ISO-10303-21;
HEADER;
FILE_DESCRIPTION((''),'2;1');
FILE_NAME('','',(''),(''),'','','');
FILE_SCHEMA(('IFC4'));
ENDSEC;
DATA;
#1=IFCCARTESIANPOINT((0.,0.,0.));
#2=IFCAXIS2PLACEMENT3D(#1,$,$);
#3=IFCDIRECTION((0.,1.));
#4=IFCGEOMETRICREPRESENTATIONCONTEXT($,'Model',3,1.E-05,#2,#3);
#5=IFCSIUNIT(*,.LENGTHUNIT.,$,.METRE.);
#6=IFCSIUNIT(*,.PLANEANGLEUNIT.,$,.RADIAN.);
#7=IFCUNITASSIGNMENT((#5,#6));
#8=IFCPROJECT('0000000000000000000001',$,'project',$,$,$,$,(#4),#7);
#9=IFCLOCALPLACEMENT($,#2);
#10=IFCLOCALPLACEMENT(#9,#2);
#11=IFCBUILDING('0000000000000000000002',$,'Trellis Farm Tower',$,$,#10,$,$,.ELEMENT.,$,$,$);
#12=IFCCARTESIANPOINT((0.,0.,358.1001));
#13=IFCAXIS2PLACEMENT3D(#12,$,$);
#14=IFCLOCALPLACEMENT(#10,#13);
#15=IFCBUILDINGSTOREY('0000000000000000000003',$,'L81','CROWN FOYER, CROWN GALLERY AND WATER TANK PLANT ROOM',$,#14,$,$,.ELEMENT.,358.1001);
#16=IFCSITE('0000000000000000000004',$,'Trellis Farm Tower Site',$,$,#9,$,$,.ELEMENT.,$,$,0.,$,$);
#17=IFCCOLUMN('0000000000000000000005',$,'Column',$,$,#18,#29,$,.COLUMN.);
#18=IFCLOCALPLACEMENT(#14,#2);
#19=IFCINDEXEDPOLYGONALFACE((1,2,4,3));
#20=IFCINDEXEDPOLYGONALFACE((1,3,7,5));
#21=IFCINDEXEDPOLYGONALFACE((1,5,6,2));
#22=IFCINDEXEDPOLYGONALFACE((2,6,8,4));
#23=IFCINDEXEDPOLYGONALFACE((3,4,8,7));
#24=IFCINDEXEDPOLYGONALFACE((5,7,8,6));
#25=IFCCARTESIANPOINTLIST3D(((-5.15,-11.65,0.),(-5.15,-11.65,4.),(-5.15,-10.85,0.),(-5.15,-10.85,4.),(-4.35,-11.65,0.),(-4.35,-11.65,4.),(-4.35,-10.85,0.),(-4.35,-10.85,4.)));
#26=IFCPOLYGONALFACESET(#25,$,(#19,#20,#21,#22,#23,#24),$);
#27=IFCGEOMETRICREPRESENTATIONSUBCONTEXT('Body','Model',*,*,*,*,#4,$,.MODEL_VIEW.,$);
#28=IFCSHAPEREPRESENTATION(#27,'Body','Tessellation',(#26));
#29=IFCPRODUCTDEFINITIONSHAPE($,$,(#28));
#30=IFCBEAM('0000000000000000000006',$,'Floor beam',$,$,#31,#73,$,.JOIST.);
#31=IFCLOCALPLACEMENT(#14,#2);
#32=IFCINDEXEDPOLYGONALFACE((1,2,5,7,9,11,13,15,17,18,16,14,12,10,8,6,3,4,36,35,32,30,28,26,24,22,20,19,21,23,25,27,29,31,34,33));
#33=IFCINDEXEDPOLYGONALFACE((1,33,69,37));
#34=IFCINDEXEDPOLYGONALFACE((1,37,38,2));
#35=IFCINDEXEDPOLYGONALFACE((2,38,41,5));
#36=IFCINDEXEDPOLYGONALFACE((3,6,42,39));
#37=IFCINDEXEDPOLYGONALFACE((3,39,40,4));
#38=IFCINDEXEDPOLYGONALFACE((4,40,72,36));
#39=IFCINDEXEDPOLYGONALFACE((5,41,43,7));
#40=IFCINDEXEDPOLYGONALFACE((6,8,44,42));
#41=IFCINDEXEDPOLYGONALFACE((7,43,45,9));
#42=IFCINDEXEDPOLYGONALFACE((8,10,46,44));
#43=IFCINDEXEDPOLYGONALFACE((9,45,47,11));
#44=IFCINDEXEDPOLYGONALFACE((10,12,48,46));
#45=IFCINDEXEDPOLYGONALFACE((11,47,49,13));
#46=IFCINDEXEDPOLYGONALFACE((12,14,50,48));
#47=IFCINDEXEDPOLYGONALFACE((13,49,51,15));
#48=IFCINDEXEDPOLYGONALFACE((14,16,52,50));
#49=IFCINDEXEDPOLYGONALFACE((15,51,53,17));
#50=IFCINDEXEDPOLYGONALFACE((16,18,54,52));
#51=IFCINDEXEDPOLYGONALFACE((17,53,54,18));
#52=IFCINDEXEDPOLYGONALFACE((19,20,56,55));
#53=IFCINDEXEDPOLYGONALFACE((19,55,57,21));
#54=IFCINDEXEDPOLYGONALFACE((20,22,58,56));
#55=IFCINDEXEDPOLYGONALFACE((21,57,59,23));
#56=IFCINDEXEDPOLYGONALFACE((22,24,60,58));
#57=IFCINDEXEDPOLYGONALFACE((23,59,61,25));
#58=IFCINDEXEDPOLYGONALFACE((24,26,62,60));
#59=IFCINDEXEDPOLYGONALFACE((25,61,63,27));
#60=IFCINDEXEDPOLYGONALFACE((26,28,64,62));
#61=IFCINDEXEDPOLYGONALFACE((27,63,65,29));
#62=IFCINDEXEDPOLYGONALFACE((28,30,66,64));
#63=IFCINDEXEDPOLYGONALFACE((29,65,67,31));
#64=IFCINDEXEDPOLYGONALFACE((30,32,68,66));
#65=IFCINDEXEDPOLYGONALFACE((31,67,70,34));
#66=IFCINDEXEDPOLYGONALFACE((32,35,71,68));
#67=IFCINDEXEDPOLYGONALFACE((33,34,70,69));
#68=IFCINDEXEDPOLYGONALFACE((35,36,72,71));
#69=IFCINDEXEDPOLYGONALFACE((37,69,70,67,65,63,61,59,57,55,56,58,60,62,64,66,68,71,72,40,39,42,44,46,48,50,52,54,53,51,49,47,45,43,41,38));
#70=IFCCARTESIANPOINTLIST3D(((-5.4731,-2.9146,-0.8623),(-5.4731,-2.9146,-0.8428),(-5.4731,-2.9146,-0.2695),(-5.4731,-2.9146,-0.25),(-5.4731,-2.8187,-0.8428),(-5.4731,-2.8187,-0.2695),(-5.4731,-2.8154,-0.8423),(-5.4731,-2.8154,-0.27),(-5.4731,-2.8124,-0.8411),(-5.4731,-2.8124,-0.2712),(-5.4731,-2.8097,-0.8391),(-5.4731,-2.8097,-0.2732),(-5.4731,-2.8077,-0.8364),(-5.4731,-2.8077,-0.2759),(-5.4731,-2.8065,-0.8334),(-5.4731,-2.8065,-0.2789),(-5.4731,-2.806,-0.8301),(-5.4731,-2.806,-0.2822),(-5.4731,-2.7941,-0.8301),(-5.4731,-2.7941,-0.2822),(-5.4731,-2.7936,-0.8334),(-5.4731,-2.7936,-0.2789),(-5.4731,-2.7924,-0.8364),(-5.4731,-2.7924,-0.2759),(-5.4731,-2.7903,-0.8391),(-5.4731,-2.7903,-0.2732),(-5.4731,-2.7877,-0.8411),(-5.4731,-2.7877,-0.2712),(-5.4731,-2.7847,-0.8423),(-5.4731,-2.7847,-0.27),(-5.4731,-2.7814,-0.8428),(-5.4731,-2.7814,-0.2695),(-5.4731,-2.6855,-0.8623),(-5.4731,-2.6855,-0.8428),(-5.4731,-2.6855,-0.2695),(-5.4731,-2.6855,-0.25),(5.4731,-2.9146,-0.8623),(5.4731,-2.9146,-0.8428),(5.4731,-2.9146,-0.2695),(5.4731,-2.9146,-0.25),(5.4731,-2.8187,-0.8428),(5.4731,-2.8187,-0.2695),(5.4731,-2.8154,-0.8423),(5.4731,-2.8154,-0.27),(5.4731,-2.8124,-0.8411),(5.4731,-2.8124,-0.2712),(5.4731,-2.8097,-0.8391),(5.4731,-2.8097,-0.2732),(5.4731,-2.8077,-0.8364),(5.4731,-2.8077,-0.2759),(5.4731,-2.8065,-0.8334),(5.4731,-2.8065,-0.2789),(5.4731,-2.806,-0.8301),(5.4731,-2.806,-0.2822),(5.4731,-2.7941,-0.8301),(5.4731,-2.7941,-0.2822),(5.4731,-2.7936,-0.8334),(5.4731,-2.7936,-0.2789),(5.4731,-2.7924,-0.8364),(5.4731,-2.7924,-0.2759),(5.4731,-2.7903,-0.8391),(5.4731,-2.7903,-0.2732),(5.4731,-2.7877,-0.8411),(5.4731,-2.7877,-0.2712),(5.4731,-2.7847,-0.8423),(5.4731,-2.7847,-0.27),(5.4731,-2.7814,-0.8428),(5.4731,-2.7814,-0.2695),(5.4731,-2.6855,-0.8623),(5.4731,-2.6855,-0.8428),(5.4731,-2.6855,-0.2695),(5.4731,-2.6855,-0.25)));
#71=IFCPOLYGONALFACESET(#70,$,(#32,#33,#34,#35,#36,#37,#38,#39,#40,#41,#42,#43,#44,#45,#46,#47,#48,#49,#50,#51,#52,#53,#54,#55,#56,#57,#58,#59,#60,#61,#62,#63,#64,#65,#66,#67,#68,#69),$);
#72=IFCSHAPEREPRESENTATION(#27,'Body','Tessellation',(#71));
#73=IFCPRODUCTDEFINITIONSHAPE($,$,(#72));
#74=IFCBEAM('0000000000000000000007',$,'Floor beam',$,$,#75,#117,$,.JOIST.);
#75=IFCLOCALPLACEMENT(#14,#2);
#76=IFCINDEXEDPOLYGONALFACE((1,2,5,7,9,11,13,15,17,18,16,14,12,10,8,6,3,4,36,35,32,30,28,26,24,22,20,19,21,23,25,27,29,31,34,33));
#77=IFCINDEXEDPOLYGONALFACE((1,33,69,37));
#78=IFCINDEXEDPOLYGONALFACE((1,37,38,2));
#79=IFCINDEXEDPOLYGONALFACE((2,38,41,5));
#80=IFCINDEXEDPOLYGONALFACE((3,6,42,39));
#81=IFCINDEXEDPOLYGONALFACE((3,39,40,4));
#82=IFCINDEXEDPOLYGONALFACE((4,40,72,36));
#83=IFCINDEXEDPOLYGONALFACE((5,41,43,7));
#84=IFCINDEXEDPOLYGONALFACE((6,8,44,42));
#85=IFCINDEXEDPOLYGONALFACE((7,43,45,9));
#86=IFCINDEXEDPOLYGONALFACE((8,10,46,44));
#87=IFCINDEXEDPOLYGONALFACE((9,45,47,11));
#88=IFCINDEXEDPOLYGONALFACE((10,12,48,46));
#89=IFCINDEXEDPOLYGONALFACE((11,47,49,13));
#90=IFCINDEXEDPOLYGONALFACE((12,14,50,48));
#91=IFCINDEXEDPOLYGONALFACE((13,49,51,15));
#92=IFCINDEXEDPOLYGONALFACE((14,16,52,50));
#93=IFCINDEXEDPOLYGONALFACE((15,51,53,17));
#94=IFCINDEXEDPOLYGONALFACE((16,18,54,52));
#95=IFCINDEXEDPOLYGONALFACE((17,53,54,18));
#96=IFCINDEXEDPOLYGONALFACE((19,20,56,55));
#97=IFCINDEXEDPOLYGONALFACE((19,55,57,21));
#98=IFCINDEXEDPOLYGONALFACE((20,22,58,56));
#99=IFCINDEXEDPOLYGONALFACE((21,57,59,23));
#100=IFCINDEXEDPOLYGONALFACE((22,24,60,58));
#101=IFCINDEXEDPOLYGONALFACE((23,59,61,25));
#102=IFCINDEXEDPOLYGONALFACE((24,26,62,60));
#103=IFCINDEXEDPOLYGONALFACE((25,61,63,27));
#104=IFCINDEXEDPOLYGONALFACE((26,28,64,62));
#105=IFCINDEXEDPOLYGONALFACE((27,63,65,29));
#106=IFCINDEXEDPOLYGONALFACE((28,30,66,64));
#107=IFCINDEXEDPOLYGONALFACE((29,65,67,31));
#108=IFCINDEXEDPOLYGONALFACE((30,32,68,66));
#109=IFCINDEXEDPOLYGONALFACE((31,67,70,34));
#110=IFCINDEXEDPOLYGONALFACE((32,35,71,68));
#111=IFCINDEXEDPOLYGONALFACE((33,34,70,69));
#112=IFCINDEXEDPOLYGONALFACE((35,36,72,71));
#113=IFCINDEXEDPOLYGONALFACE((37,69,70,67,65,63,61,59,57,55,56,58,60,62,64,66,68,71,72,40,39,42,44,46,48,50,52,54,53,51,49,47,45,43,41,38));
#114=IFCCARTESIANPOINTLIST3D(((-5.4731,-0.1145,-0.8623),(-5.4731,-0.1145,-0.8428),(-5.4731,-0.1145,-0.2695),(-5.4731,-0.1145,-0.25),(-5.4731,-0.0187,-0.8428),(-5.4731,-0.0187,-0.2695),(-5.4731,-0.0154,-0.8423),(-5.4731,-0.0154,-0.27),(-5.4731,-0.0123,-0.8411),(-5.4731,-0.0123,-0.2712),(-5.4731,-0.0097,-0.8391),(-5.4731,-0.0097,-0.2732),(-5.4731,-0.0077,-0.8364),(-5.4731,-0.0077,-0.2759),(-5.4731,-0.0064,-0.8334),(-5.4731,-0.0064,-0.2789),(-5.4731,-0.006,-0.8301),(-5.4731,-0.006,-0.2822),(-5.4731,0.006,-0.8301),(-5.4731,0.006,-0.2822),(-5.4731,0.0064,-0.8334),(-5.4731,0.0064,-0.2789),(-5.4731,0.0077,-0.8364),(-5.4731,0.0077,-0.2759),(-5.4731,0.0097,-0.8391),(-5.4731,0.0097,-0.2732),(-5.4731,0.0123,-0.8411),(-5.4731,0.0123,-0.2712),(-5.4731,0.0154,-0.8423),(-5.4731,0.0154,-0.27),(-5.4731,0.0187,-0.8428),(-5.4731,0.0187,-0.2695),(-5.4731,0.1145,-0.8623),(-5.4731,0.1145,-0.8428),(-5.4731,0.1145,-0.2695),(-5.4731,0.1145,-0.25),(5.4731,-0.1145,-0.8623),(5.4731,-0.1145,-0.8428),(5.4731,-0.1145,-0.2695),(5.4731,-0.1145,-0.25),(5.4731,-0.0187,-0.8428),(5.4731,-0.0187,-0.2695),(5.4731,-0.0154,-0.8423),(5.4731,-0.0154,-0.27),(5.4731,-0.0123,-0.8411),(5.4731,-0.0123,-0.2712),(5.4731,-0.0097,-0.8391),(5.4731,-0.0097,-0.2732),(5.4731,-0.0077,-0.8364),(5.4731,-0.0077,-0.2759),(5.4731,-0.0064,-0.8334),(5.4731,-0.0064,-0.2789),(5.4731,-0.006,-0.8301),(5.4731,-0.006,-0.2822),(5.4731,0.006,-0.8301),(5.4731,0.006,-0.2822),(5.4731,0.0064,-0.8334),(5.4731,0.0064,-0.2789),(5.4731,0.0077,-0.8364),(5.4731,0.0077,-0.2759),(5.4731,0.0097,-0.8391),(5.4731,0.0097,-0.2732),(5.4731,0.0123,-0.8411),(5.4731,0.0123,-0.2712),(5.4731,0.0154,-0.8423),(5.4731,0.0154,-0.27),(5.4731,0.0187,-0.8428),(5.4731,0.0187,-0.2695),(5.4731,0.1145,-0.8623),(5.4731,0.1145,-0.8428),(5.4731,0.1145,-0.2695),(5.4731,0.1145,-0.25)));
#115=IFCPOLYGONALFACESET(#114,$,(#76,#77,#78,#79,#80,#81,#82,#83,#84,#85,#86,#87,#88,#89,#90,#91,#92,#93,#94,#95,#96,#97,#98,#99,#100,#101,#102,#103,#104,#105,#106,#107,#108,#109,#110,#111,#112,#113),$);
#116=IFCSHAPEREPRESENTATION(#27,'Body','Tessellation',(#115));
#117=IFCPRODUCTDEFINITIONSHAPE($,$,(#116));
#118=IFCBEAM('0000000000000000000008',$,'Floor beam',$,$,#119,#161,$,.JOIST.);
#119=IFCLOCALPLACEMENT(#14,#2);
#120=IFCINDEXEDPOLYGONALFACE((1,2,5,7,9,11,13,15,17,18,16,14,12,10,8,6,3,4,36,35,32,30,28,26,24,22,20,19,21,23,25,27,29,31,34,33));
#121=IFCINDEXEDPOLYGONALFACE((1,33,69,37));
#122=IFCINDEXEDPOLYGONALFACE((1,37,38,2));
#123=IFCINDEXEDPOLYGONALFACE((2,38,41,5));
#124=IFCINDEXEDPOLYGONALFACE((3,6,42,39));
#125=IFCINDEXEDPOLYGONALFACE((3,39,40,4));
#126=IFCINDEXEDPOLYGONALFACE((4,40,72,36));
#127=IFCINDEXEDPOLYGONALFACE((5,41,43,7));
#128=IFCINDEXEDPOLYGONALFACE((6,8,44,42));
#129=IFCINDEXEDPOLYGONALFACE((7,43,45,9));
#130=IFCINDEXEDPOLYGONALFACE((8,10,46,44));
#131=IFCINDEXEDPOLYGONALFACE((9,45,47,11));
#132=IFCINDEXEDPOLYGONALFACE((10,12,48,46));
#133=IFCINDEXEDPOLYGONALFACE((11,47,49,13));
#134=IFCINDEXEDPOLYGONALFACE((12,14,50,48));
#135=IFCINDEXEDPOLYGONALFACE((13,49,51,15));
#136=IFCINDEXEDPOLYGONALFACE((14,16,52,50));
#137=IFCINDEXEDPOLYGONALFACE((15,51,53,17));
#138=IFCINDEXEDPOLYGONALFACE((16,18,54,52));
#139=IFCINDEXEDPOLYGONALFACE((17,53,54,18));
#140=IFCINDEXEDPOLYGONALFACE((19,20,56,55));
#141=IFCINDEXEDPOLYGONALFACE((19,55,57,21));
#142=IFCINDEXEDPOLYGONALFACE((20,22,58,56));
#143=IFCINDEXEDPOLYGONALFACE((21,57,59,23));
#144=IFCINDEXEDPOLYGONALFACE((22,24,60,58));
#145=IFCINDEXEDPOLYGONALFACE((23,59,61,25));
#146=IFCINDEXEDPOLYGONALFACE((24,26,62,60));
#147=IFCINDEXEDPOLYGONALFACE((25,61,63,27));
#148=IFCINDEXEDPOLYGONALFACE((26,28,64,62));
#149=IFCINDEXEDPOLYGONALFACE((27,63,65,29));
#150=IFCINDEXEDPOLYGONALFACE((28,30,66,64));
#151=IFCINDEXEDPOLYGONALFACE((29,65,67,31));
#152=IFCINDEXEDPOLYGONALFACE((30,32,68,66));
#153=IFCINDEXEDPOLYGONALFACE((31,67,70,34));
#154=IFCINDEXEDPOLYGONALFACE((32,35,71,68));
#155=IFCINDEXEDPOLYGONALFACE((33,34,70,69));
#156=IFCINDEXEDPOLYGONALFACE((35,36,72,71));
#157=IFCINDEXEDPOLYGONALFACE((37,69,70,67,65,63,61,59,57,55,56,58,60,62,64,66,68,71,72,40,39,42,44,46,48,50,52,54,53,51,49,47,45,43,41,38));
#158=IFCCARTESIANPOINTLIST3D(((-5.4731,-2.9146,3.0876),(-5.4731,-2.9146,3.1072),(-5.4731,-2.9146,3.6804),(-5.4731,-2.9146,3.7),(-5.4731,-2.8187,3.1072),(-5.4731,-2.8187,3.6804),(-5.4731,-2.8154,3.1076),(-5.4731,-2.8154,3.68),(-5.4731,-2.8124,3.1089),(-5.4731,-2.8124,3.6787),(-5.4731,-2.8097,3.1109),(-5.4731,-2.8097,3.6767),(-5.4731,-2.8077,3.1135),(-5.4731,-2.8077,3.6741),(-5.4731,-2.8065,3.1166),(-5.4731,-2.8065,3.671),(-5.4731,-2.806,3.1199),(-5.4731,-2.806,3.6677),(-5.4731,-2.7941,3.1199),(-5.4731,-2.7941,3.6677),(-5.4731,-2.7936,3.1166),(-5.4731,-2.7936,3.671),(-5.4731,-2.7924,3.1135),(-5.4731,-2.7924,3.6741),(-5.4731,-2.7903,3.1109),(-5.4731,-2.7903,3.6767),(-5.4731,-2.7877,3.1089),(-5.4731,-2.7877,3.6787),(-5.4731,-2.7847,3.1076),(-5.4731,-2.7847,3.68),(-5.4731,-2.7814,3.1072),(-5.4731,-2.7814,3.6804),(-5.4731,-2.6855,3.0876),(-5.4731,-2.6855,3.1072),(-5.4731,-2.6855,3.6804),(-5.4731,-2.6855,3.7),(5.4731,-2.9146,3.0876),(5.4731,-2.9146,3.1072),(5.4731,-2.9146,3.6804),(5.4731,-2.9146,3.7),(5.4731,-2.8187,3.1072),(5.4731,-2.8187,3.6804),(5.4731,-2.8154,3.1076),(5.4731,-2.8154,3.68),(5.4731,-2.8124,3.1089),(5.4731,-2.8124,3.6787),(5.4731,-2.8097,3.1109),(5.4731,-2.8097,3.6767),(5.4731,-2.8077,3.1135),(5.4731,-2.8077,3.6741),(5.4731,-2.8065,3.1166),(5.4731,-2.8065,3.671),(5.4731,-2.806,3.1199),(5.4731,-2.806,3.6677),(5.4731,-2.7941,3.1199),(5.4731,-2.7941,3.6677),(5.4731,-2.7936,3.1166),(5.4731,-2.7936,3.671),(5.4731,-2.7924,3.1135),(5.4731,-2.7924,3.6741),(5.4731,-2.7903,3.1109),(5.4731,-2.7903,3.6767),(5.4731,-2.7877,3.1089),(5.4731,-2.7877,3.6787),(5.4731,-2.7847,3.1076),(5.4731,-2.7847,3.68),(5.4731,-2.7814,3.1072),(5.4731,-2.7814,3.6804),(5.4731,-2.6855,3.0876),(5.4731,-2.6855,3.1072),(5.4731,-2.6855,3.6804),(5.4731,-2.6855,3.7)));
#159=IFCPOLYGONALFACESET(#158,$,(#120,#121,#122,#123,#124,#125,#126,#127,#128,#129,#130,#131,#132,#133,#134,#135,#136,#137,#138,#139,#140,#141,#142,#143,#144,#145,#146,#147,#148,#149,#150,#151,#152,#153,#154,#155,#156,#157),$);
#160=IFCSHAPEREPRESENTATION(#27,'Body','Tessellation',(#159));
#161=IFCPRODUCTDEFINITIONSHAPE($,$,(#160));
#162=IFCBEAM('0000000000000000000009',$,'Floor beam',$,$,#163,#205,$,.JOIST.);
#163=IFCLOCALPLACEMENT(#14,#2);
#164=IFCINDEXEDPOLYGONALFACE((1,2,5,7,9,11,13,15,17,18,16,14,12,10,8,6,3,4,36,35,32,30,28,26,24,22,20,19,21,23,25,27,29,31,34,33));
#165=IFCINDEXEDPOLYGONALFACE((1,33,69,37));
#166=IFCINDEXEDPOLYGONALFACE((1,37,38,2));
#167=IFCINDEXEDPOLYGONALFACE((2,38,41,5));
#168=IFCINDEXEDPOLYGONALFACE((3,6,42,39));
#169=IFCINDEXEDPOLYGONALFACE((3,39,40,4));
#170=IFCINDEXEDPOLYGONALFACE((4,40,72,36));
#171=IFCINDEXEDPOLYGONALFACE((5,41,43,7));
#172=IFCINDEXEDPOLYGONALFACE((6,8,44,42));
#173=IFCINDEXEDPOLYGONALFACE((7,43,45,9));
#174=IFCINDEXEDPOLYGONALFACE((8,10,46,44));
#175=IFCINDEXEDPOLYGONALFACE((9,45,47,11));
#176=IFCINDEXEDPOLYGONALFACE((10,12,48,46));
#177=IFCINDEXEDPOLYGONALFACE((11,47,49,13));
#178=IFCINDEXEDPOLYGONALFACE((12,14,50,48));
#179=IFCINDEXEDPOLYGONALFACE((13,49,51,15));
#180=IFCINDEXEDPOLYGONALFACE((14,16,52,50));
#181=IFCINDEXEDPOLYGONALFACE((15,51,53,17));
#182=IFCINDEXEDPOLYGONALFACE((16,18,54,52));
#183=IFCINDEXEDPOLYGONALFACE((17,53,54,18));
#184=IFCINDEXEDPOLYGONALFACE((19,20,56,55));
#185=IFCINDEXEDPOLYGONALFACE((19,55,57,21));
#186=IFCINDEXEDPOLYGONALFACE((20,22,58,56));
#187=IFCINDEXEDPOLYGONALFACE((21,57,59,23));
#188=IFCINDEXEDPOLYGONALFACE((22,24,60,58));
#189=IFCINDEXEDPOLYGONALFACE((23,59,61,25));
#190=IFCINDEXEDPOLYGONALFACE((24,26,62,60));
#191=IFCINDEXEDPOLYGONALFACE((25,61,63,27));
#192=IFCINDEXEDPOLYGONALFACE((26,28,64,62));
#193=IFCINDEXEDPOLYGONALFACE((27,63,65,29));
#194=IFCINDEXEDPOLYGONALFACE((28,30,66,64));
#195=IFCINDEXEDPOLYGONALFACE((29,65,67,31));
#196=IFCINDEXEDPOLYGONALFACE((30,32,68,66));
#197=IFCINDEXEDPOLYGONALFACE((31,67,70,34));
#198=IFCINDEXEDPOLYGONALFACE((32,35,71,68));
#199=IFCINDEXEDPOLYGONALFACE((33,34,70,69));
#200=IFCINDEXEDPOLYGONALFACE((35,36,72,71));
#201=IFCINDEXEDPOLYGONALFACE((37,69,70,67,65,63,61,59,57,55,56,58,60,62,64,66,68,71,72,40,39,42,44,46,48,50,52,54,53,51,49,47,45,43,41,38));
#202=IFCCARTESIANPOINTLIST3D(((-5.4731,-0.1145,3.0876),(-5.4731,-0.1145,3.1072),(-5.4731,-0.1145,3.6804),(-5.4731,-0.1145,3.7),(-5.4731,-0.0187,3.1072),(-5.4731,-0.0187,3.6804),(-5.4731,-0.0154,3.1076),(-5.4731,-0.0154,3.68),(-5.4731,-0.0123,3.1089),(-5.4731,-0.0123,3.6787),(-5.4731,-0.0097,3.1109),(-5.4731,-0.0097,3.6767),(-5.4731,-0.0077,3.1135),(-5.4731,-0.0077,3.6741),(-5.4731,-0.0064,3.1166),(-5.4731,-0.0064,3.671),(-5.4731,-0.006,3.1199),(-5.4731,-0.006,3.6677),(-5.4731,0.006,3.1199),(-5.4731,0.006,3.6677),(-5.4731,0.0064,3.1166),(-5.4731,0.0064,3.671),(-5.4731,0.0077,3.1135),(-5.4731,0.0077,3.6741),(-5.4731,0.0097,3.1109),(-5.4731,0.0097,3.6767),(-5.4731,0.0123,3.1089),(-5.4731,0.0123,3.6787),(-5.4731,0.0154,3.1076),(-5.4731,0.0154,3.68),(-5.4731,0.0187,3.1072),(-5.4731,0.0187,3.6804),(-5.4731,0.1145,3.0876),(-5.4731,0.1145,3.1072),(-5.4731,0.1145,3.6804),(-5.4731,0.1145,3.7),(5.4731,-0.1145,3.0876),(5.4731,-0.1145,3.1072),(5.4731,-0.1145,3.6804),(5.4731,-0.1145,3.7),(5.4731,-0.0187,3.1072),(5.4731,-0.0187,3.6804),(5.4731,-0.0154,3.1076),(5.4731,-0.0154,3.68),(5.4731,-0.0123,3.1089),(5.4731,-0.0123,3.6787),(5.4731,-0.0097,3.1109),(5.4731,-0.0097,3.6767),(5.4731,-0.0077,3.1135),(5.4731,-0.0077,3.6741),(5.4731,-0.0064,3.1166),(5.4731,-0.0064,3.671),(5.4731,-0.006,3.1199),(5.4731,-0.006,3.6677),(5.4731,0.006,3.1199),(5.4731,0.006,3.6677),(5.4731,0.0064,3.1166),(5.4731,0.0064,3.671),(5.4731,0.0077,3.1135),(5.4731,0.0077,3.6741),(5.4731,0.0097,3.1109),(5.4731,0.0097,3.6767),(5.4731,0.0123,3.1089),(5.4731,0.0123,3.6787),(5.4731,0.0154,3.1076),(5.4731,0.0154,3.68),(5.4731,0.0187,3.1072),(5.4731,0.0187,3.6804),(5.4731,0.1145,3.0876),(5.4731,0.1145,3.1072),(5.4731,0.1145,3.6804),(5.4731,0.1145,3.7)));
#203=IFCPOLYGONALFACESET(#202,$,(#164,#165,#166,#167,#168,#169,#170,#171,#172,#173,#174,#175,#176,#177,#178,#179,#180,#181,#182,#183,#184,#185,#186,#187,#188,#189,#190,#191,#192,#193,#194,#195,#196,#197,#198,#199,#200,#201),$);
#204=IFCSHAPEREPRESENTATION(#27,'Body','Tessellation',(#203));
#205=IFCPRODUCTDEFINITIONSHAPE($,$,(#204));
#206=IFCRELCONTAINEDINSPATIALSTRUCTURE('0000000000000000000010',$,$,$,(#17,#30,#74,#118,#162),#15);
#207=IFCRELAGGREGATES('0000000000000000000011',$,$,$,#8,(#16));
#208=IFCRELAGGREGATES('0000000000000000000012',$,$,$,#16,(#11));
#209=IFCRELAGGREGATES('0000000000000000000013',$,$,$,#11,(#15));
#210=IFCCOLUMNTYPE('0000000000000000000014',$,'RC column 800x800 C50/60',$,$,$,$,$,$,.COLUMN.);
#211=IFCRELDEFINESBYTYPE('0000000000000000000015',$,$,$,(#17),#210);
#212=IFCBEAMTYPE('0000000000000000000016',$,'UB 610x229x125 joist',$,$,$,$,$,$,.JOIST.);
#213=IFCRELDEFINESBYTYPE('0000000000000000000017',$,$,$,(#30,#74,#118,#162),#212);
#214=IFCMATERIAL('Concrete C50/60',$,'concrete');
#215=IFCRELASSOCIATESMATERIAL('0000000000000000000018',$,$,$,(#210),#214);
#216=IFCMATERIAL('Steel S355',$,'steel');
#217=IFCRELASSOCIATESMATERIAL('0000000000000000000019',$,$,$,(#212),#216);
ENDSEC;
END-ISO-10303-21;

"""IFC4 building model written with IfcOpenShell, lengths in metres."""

from ifc_helpers import new_model, si_unit, direction, frame, origin, origin_2d, place, context, subcontext, project, spatial, rectangle, i_section, extrude, source, transform, mapped, material, material_profile, profile_set, type_object, element, save


model = new_model("IFC4")

# Units and contexts
model_context = context("Model", 3, precision=1e-05, world=origin(), true_north=direction((0.0, 1.0)))
body_context = subcontext(model_context, "Body", "Model", "MODEL_VIEW")
ifc_project = project(units=[si_unit("LENGTHUNIT", "METRE"), si_unit("PLANEANGLEUNIT", "RADIAN")], contexts=[model_context])

# Site, building, storey
site_placement = place(None, origin())
site = spatial("IfcSite", under=ifc_project, at=site_placement, Name="Trellis Farm Tower Site", CompositionType="ELEMENT", RefElevation=0.0)
building_placement = place(site_placement, origin())
building = spatial("IfcBuilding", under=site, at=building_placement, Name="Trellis Farm Tower", CompositionType="ELEMENT")
storey_placement = place(building_placement, frame((0.0, 0.0, 358.1001)))
storey = spatial("IfcBuildingStorey", under=building, at=storey_placement, Name="L81", Description="CROWN FOYER, CROWN GALLERY AND WATER TANK PLANT ROOM", CompositionType="ELEMENT", Elevation=358.1001)

# Column
ifc_material_1 = material(Name="Concrete C50/60", Category="concrete")
ifc_material_profile_1 = material_profile(ifc_material_1, rectangle(XDim=0.8, YDim=0.8, at=origin_2d()), Name="RC column 800x800 C50/60")
ifc_profile_set_1 = profile_set([ifc_material_profile_1], Name="Concrete C50/60")
column_type = type_object("IfcColumnType", Name="RC column 800x800 C50/60", PredefinedType="COLUMN", material=ifc_profile_set_1)
shared_shape_1 = source(origin(), body_context, "Body", "SweptSolid", [
    extrude(rectangle(XDim=0.8, YDim=0.8, at=origin_2d()), origin(), (0.0, 0.0, 1.0), 4.0),
])
column_placement = place(storey_placement, frame((-4.75, -11.25, 0.0), z_axis=(0.0, 0.0, 1.0), x_axis=(1.0, 0.0, 0.0)))
element("IfcColumn", 1, at=column_placement, inside=storey, type_object=column_type, Name="Column", PredefinedType="COLUMN", context=body_context, shape_type="MappedRepresentation", body=[
    mapped(shared_shape_1, transform((0.0, 0.0, 0.0))),
])

# Beams
ifc_material_2 = material(Name="Steel S355", Category="steel")
ifc_material_profile_2 = material_profile(ifc_material_2, i_section(OverallWidth=0.229, OverallDepth=0.6123, WebThickness=0.012, FlangeThickness=0.0195, FilletRadius=0.0127, at=origin_2d()), Name="UB 610x229x125")
ifc_profile_set_2 = profile_set([ifc_material_profile_2], Name="Steel S355")
beam_type_1 = type_object("IfcBeamType", Name="UB 610x229x125 joist", PredefinedType="JOIST", material=ifc_profile_set_2)
shared_shape_2 = source(origin(), body_context, "Body", "SweptSolid", [
    extrude(i_section(OverallWidth=0.229, OverallDepth=0.6123, WebThickness=0.012, FlangeThickness=0.0195, FilletRadius=0.0127, at=origin_2d()), origin(), (0.0, 0.0, 1.0), 10.9463),
])
for number, where, z_axis, x_axis, name in (
    (2, (-5.4731, -2.8, -0.5562), (1.0, 0.0, 0.0), (0.0, 1.0, 0.0), "Floor beam"),
    (3, (-5.4731, 0.0, -0.5562), (1.0, 0.0, 0.0), (0.0, 1.0, 0.0), "Floor beam"),
    (4, (-5.4731, -2.8, 3.3938), (1.0, 0.0, 0.0), (0.0, 1.0, 0.0), "Floor beam"),
    (5, (-5.4731, 0.0, 3.3938), (1.0, 0.0, 0.0), (0.0, 1.0, 0.0), "Floor beam"),
):
    element("IfcBeam", number, at=place(storey_placement, frame(where, z_axis=z_axis, x_axis=x_axis)), inside=storey, type_object=beam_type_1, Name=name, PredefinedType="JOIST", context=body_context, shape_type="MappedRepresentation", body=[
        mapped(shared_shape_2, transform((0.0, 0.0, 0.0))),
    ])

save(model, "model.ifc")
